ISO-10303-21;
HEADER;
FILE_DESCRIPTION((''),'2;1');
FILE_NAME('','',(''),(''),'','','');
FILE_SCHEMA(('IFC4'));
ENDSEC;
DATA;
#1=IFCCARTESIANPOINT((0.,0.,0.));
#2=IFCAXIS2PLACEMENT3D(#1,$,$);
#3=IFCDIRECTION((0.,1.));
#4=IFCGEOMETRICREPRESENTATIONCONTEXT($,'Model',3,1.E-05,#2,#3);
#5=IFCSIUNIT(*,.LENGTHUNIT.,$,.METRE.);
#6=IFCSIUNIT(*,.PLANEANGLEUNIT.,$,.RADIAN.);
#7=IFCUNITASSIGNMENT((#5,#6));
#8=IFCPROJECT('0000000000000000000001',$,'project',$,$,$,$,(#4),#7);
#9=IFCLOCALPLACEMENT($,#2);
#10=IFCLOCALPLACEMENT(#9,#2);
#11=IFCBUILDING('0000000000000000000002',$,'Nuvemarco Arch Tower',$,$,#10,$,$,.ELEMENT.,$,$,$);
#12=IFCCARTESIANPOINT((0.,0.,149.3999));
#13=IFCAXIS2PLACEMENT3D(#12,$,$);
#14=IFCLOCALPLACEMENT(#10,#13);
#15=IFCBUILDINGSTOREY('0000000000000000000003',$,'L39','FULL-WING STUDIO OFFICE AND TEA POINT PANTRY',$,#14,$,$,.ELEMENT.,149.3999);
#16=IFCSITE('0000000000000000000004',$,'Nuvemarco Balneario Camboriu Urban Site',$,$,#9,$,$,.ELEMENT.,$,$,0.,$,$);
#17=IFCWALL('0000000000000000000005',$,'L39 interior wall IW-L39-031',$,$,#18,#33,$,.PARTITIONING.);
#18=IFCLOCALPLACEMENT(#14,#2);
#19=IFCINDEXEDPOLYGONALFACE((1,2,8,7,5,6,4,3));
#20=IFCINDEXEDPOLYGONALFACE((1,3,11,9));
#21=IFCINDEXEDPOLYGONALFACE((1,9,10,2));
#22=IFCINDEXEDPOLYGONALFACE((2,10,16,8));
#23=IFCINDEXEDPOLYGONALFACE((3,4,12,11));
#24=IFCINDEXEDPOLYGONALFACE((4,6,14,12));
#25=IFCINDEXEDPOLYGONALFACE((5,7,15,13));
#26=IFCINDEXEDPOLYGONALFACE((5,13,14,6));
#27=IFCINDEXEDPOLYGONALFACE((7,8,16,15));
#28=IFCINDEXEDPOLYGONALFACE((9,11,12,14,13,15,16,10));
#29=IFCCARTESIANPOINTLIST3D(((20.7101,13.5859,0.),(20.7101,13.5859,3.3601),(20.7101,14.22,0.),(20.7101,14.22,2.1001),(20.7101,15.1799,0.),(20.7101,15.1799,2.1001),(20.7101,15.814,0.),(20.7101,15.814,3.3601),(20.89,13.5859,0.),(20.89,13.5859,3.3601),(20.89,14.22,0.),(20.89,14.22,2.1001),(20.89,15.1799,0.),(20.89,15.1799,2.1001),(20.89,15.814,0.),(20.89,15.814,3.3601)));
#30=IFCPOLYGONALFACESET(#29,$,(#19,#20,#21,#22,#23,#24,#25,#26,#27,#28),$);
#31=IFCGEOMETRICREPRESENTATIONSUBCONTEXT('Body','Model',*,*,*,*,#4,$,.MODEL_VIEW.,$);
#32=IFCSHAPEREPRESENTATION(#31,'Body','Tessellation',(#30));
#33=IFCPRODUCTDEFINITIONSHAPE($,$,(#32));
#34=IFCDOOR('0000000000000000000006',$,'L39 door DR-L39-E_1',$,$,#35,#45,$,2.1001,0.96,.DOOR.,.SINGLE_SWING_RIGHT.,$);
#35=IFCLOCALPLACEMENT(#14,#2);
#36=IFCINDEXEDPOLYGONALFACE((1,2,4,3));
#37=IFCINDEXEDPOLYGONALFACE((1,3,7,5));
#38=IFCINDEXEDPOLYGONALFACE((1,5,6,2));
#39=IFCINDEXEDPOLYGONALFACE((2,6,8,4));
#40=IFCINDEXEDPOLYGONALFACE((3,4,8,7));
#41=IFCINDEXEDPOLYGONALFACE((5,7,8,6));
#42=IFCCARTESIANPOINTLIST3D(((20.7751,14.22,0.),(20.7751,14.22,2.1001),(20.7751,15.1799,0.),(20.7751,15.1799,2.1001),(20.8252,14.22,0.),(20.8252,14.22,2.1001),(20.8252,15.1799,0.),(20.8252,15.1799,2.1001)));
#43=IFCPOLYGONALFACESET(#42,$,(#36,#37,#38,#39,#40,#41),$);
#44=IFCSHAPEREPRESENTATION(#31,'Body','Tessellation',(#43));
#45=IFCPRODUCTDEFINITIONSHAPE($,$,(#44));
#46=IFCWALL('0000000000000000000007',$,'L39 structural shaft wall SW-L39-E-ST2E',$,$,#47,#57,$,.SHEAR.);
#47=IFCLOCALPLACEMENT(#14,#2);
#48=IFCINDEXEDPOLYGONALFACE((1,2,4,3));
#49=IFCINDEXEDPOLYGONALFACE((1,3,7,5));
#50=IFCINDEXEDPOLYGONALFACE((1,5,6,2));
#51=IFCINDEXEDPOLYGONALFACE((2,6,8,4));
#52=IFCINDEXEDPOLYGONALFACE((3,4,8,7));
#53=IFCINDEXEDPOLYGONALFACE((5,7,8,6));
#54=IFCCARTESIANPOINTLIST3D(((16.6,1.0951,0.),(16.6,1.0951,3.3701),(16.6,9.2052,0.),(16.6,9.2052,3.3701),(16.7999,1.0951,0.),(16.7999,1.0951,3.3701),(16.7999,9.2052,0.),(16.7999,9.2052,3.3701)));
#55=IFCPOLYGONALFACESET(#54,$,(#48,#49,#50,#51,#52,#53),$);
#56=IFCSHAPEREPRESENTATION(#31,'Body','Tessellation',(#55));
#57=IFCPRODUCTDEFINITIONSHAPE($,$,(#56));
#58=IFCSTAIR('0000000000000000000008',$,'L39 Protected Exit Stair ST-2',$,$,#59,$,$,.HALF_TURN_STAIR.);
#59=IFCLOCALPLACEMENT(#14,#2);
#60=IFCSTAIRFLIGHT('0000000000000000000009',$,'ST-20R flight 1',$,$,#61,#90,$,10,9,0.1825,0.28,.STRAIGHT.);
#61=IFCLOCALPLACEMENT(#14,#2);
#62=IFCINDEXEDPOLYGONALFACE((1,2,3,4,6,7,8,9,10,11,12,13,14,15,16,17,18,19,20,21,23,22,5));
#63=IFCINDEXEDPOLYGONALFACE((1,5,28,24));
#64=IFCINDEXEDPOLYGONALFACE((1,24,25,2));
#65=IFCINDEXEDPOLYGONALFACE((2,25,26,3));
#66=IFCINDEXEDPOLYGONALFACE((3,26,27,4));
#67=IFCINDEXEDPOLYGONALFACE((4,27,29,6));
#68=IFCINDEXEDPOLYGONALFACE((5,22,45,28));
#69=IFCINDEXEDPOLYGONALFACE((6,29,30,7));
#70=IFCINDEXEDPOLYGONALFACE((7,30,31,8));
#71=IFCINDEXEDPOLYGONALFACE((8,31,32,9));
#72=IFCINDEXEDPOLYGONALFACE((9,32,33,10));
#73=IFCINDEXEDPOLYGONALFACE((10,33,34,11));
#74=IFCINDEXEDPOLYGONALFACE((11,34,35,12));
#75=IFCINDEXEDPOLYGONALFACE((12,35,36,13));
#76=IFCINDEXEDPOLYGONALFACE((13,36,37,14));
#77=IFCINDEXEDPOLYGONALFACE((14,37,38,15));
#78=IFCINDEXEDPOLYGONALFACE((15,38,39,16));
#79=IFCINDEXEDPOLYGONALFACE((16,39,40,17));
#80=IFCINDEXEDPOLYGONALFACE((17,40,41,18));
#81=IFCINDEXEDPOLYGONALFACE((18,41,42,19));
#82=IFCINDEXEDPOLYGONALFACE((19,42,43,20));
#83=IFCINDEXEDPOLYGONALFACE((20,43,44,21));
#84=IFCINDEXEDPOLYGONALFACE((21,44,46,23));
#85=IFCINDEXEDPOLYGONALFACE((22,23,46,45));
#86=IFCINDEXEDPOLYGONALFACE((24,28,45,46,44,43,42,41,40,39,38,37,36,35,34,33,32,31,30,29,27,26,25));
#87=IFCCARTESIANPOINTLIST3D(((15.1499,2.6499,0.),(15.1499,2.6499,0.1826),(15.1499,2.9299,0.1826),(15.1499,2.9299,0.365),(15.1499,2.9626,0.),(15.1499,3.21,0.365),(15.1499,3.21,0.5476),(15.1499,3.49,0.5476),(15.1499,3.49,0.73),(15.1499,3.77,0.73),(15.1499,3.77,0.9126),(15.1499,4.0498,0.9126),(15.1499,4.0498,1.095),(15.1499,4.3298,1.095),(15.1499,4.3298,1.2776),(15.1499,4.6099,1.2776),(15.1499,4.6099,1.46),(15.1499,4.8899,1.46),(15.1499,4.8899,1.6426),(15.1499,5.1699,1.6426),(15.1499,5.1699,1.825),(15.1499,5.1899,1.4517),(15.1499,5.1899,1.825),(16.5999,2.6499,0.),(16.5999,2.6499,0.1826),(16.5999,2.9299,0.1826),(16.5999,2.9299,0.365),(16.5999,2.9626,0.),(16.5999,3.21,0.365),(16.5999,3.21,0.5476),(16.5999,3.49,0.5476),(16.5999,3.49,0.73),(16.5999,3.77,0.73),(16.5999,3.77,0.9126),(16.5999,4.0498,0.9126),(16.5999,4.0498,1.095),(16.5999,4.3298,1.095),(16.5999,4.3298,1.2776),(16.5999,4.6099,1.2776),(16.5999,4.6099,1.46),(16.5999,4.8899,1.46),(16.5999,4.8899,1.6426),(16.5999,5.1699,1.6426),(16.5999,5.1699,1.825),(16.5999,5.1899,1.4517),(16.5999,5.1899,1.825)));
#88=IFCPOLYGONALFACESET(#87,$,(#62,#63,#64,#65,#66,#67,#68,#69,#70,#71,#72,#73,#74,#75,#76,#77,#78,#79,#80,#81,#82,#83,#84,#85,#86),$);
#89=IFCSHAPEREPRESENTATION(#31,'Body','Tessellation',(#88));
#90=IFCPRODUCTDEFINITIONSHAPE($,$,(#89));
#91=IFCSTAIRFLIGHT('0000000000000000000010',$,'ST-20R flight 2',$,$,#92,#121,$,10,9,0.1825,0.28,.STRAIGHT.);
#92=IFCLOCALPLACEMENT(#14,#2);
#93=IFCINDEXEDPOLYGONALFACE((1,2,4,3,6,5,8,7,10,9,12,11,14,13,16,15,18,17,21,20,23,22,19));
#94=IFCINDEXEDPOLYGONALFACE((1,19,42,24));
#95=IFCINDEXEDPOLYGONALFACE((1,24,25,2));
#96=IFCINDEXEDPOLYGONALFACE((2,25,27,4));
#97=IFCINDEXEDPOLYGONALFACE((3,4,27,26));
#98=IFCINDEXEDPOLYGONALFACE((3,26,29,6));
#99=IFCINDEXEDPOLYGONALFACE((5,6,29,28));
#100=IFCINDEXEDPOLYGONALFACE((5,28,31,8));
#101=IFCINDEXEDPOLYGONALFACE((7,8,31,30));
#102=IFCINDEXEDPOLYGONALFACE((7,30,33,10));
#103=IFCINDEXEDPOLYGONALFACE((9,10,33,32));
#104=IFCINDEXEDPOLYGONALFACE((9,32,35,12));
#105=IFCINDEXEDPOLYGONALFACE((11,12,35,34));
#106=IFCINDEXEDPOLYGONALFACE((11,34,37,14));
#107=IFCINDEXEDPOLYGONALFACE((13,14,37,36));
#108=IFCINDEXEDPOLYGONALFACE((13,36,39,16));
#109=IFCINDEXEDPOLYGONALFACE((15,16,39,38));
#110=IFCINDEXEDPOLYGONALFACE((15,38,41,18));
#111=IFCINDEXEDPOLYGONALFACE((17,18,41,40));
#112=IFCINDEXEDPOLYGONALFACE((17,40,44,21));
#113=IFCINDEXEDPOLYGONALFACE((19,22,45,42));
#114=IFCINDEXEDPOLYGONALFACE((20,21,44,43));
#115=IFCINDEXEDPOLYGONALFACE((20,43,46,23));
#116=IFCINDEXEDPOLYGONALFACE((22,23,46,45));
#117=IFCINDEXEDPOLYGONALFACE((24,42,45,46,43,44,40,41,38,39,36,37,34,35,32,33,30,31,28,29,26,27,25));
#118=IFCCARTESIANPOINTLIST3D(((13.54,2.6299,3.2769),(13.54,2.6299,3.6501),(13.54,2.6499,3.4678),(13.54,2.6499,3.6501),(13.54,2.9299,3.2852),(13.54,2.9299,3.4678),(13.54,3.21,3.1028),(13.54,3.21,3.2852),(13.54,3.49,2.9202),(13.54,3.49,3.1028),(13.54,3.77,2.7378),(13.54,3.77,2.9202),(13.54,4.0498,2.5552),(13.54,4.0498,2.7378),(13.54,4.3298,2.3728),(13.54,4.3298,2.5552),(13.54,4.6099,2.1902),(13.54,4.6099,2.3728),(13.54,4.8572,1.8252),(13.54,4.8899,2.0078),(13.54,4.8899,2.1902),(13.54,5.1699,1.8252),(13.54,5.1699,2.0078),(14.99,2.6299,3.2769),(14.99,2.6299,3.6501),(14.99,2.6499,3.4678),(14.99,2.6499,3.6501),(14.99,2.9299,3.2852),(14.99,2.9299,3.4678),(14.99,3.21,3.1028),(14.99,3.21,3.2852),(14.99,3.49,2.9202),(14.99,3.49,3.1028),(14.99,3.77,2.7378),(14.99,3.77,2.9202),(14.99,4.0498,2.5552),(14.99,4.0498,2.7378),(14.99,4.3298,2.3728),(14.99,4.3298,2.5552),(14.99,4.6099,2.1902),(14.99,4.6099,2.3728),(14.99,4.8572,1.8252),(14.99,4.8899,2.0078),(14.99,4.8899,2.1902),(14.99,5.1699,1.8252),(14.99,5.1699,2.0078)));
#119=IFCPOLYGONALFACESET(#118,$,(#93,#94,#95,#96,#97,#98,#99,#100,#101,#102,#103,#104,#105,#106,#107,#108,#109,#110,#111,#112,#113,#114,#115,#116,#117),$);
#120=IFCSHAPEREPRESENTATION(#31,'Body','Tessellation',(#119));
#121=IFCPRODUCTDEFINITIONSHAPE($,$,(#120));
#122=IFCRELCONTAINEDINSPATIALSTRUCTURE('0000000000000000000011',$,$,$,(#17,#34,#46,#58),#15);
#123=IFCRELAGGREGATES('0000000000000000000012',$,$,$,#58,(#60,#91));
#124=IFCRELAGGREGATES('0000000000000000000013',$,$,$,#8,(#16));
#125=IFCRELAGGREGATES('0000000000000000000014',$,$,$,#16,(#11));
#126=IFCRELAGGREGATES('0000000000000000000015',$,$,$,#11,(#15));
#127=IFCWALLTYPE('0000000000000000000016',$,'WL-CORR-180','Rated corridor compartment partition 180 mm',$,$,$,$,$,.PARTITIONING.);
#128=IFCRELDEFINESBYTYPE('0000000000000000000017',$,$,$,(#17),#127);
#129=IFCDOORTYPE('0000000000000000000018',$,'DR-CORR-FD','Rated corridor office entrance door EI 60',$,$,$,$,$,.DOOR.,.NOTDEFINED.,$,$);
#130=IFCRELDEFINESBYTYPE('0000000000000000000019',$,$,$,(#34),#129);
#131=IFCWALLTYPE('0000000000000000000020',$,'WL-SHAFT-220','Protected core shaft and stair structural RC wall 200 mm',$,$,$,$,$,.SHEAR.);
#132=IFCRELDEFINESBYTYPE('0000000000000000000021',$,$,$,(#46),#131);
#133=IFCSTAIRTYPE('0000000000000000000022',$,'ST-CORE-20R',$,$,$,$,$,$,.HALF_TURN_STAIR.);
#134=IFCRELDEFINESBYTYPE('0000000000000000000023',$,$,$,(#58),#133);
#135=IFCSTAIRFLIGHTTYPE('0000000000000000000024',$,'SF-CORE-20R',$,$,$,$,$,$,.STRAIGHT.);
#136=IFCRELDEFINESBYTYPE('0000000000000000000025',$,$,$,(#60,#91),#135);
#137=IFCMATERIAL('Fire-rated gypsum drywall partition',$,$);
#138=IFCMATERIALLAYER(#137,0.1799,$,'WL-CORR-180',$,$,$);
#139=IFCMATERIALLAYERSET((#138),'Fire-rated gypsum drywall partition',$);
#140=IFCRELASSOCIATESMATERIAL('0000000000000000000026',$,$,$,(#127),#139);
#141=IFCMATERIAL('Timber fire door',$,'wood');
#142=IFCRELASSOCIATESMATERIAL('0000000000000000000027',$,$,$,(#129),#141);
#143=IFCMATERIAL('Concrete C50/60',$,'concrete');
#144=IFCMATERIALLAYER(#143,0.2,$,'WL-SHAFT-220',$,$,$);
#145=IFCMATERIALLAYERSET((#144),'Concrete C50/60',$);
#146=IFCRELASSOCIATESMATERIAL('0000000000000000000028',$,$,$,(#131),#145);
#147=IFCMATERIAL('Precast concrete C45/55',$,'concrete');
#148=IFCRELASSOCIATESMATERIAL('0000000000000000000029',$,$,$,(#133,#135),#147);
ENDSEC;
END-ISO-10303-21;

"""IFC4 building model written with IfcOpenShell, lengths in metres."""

from ifc_helpers import new_model, si_unit, direction, frame, frame_2d, origin, place, context, subcontext, project, spatial, polyline, rectangle, outline, extrude, source, transform, mapped, material, layer, layer_set, type_object, type_shapes, element, fill, aggregate, save


model = new_model("IFC4")

# Units and contexts
model_context = context("Model", 3, precision=1e-05, world=origin(), true_north=direction((0.0, 1.0)))
body_context = subcontext(model_context, "Body", "Model", "MODEL_VIEW")
ifc_project = project(units=[si_unit("LENGTHUNIT", "METRE"), si_unit("PLANEANGLEUNIT", "RADIAN")], contexts=[model_context])

# Site, building, storey
site_placement = place(None, origin())
site = spatial("IfcSite", under=ifc_project, at=site_placement, Name="Nuvemarco Balneario Camboriu Urban Site", CompositionType="ELEMENT", RefElevation=0.0)
building_placement = place(site_placement, origin())
building = spatial("IfcBuilding", under=site, at=building_placement, Name="Nuvemarco Arch Tower", CompositionType="ELEMENT")
storey_placement = place(building_placement, frame((0.0, 0.0, 149.3999)))
storey = spatial("IfcBuildingStorey", under=building, at=storey_placement, Name="L39", Description="FULL-WING STUDIO OFFICE AND TEA POINT PANTRY", CompositionType="ELEMENT", Elevation=149.3999)

# Shared definitions
ifc_material_1 = material(Name="Concrete C50/60", Category="concrete")

# Shared definitions
ifc_material_2 = material(Name="Precast concrete C45/55", Category="concrete")

# Shared definitions
ifc_material_3 = material(Name="Fire-rated gypsum drywall partition")
ifc_layer_1 = layer(ifc_material_3, 0.1799, Name="WL-CORR-180")
ifc_layer_set_1 = layer_set([ifc_layer_1], Name="Fire-rated gypsum drywall partition")
wall_type_1 = type_object("IfcWallType", Name="WL-CORR-180", Description="Rated corridor compartment partition 180 mm", PredefinedType="PARTITIONING", material=ifc_layer_set_1)

# Wall, opening, door
wall_1_placement = place(storey_placement, frame((20.8, 13.5859, 0.0), z_axis=(0.0, 0.0, 1.0), x_axis=(0.0, 1.0, 0.0)))
wall_1 = element("IfcWall", 1, at=wall_1_placement, inside=storey, type_object=wall_type_1, Name="L39 interior wall IW-L39-031", PredefinedType="PARTITIONING", context=body_context, shape_type="SweptSolid", body=[
    extrude(rectangle(XDim=2.228, YDim=0.1799, at=frame_2d((1.114, 0.0))), origin(), (0.0, 0.0, 1.0), 3.3601),
])
opening_placement = place(wall_1_placement, frame((0.634, 0.0, 0.0)))
opening = element("IfcOpeningElement", 2, at=opening_placement, cuts=wall_1, PredefinedType="OPENING", context=body_context, shape_type="SweptSolid", body=[
    extrude(rectangle(XDim=0.96, YDim=2.1001, at=frame_2d((0.48, 1.05))), frame((0.0, 0.0999, 0.0), z_axis=(0.0, -1.0, 0.0), x_axis=(1.0, 0.0, 0.0)), (0.0, 0.0, 1.0), 0.2),
])
ifc_material_4 = material(Name="Timber fire door", Category="wood")
door_type = type_object("IfcDoorType", Name="DR-CORR-FD", Description="Rated corridor office entrance door EI 60", OperationType="NOTDEFINED", PredefinedType="DOOR", material=ifc_material_4)
shared_shape_1 = source(origin(), body_context, "Body", "SweptSolid", [
    extrude(rectangle(XDim=0.96, YDim=2.1001, at=frame_2d((0.48, 1.05))), frame((0.0, 0.0249, 0.0), z_axis=(0.0, -1.0, 0.0), x_axis=(1.0, 0.0, 0.0)), (0.0, 0.0, 1.0), 0.05),
])
type_shapes(door_type, [shared_shape_1])
door_placement = place(opening_placement, origin())
door = element("IfcDoor", 3, at=door_placement, inside=storey, type_object=door_type, Name="L39 door DR-L39-E_1", OperationType="SINGLE_SWING_RIGHT", OverallHeight=2.1001, OverallWidth=0.96, PredefinedType="DOOR", context=body_context, shape_type="MappedRepresentation", body=[
    mapped(shared_shape_1, transform((0.0, 0.0, 0.0), scale=1.0)),
])
fill(opening, door)

# Wall
ifc_layer_2 = layer(ifc_material_1, 0.2, Name="WL-SHAFT-220")
ifc_layer_set_2 = layer_set([ifc_layer_2], Name="Concrete C50/60")
wall_type_2 = type_object("IfcWallType", Name="WL-SHAFT-220", Description="Protected core shaft and stair structural RC wall 200 mm", PredefinedType="SHEAR", material=ifc_layer_set_2)
wall_2_placement = place(storey_placement, frame((16.7, 1.095, 0.0), z_axis=(0.0, 0.0, 1.0), x_axis=(0.0, 1.0, 0.0)))
element("IfcWall", 4, at=wall_2_placement, inside=storey, type_object=wall_type_2, Name="L39 structural shaft wall SW-L39-E-ST2E", PredefinedType="SHEAR", context=body_context, shape_type="SweptSolid", body=[
    extrude(rectangle(XDim=8.1101, YDim=0.2, at=frame_2d((4.0552, 0.0))), origin(), (0.0, 0.0, 1.0), 3.3701),
])

# Stair, stair flights
stair_type = type_object("IfcStairType", Name="ST-CORE-20R", PredefinedType="HALF_TURN_STAIR", material=ifc_material_2)
stair_placement = place(storey_placement, origin())
stair = element("IfcStair", 5, at=stair_placement, inside=storey, type_object=stair_type, Name="L39 Protected Exit Stair ST-2", PredefinedType="HALF_TURN_STAIR")
stair_flight_type = type_object("IfcStairFlightType", Name="SF-CORE-20R", PredefinedType="STRAIGHT", material=ifc_material_2)
stair_flight_1_placement = place(storey_placement, frame((15.875, 2.6499, 0.0), z_axis=(0.0, 0.0, 1.0), x_axis=(0.0, 1.0, 0.0)))
stair_flight_1 = element("IfcStairFlight", 6, at=stair_flight_1_placement, type_object=stair_flight_type, Name="ST-20R flight 1", NumberOfRisers=10, NumberOfTreads=9, PredefinedType="STRAIGHT", RiserHeight=0.1825, TreadLength=0.28, context=body_context, shape_type="SweptSolid", body=[
    extrude(outline(polyline([(0.0, 0.0), (0.0, 0.1826), (0.28, 0.1826), (0.28, 0.365), (0.5601, 0.365), (0.5601, 0.5476), (0.8401, 0.5476), (0.8401, 0.73), (1.1201, 0.73), (1.1201, 0.9126), (1.3999, 0.9126), (1.3999, 1.095), (1.6799, 1.095), (1.6799, 1.2776), (1.96, 1.2776), (1.96, 1.46), (2.24, 1.46), (2.24, 1.6426), (2.52, 1.6426), (2.52, 1.825), (2.54, 1.825), (2.54, 1.4517), (0.3127, 0.0), (0.0, 0.0)])), frame((0.0, 0.7251, 0.0), z_axis=(0.0, -1.0, 0.0), x_axis=(1.0, 0.0, 0.0)), (0.0, 0.0, 1.0), 1.45),
])
stair_flight_2_placement = place(storey_placement, frame((14.2649, 5.1699, 1.8252), z_axis=(0.0, 0.0, 1.0), x_axis=(0.0, -1.0, 0.0)))
stair_flight_2 = element("IfcStairFlight", 7, at=stair_flight_2_placement, type_object=stair_flight_type, Name="ST-20R flight 2", NumberOfRisers=10, NumberOfTreads=9, PredefinedType="STRAIGHT", RiserHeight=0.1825, TreadLength=0.28, context=body_context, shape_type="SweptSolid", body=[
    extrude(outline(polyline([(0.0, 0.0), (0.0, 0.1826), (0.28, 0.1826), (0.28, 0.365), (0.5601, 0.365), (0.5601, 0.5476), (0.8401, 0.5476), (0.8401, 0.73), (1.1201, 0.73), (1.1201, 0.9126), (1.3999, 0.9126), (1.3999, 1.095), (1.6799, 1.095), (1.6799, 1.2776), (1.96, 1.2776), (1.96, 1.46), (2.24, 1.46), (2.24, 1.6426), (2.52, 1.6426), (2.52, 1.825), (2.54, 1.825), (2.54, 1.4517), (0.3127, 0.0), (0.0, 0.0)])), frame((0.0, 0.7251, 0.0), z_axis=(0.0, -1.0, 0.0), x_axis=(1.0, 0.0, 0.0)), (0.0, 0.0, 1.0), 1.45),
])
aggregate(stair, [stair_flight_1, stair_flight_2])

save(model, "model.ifc")
